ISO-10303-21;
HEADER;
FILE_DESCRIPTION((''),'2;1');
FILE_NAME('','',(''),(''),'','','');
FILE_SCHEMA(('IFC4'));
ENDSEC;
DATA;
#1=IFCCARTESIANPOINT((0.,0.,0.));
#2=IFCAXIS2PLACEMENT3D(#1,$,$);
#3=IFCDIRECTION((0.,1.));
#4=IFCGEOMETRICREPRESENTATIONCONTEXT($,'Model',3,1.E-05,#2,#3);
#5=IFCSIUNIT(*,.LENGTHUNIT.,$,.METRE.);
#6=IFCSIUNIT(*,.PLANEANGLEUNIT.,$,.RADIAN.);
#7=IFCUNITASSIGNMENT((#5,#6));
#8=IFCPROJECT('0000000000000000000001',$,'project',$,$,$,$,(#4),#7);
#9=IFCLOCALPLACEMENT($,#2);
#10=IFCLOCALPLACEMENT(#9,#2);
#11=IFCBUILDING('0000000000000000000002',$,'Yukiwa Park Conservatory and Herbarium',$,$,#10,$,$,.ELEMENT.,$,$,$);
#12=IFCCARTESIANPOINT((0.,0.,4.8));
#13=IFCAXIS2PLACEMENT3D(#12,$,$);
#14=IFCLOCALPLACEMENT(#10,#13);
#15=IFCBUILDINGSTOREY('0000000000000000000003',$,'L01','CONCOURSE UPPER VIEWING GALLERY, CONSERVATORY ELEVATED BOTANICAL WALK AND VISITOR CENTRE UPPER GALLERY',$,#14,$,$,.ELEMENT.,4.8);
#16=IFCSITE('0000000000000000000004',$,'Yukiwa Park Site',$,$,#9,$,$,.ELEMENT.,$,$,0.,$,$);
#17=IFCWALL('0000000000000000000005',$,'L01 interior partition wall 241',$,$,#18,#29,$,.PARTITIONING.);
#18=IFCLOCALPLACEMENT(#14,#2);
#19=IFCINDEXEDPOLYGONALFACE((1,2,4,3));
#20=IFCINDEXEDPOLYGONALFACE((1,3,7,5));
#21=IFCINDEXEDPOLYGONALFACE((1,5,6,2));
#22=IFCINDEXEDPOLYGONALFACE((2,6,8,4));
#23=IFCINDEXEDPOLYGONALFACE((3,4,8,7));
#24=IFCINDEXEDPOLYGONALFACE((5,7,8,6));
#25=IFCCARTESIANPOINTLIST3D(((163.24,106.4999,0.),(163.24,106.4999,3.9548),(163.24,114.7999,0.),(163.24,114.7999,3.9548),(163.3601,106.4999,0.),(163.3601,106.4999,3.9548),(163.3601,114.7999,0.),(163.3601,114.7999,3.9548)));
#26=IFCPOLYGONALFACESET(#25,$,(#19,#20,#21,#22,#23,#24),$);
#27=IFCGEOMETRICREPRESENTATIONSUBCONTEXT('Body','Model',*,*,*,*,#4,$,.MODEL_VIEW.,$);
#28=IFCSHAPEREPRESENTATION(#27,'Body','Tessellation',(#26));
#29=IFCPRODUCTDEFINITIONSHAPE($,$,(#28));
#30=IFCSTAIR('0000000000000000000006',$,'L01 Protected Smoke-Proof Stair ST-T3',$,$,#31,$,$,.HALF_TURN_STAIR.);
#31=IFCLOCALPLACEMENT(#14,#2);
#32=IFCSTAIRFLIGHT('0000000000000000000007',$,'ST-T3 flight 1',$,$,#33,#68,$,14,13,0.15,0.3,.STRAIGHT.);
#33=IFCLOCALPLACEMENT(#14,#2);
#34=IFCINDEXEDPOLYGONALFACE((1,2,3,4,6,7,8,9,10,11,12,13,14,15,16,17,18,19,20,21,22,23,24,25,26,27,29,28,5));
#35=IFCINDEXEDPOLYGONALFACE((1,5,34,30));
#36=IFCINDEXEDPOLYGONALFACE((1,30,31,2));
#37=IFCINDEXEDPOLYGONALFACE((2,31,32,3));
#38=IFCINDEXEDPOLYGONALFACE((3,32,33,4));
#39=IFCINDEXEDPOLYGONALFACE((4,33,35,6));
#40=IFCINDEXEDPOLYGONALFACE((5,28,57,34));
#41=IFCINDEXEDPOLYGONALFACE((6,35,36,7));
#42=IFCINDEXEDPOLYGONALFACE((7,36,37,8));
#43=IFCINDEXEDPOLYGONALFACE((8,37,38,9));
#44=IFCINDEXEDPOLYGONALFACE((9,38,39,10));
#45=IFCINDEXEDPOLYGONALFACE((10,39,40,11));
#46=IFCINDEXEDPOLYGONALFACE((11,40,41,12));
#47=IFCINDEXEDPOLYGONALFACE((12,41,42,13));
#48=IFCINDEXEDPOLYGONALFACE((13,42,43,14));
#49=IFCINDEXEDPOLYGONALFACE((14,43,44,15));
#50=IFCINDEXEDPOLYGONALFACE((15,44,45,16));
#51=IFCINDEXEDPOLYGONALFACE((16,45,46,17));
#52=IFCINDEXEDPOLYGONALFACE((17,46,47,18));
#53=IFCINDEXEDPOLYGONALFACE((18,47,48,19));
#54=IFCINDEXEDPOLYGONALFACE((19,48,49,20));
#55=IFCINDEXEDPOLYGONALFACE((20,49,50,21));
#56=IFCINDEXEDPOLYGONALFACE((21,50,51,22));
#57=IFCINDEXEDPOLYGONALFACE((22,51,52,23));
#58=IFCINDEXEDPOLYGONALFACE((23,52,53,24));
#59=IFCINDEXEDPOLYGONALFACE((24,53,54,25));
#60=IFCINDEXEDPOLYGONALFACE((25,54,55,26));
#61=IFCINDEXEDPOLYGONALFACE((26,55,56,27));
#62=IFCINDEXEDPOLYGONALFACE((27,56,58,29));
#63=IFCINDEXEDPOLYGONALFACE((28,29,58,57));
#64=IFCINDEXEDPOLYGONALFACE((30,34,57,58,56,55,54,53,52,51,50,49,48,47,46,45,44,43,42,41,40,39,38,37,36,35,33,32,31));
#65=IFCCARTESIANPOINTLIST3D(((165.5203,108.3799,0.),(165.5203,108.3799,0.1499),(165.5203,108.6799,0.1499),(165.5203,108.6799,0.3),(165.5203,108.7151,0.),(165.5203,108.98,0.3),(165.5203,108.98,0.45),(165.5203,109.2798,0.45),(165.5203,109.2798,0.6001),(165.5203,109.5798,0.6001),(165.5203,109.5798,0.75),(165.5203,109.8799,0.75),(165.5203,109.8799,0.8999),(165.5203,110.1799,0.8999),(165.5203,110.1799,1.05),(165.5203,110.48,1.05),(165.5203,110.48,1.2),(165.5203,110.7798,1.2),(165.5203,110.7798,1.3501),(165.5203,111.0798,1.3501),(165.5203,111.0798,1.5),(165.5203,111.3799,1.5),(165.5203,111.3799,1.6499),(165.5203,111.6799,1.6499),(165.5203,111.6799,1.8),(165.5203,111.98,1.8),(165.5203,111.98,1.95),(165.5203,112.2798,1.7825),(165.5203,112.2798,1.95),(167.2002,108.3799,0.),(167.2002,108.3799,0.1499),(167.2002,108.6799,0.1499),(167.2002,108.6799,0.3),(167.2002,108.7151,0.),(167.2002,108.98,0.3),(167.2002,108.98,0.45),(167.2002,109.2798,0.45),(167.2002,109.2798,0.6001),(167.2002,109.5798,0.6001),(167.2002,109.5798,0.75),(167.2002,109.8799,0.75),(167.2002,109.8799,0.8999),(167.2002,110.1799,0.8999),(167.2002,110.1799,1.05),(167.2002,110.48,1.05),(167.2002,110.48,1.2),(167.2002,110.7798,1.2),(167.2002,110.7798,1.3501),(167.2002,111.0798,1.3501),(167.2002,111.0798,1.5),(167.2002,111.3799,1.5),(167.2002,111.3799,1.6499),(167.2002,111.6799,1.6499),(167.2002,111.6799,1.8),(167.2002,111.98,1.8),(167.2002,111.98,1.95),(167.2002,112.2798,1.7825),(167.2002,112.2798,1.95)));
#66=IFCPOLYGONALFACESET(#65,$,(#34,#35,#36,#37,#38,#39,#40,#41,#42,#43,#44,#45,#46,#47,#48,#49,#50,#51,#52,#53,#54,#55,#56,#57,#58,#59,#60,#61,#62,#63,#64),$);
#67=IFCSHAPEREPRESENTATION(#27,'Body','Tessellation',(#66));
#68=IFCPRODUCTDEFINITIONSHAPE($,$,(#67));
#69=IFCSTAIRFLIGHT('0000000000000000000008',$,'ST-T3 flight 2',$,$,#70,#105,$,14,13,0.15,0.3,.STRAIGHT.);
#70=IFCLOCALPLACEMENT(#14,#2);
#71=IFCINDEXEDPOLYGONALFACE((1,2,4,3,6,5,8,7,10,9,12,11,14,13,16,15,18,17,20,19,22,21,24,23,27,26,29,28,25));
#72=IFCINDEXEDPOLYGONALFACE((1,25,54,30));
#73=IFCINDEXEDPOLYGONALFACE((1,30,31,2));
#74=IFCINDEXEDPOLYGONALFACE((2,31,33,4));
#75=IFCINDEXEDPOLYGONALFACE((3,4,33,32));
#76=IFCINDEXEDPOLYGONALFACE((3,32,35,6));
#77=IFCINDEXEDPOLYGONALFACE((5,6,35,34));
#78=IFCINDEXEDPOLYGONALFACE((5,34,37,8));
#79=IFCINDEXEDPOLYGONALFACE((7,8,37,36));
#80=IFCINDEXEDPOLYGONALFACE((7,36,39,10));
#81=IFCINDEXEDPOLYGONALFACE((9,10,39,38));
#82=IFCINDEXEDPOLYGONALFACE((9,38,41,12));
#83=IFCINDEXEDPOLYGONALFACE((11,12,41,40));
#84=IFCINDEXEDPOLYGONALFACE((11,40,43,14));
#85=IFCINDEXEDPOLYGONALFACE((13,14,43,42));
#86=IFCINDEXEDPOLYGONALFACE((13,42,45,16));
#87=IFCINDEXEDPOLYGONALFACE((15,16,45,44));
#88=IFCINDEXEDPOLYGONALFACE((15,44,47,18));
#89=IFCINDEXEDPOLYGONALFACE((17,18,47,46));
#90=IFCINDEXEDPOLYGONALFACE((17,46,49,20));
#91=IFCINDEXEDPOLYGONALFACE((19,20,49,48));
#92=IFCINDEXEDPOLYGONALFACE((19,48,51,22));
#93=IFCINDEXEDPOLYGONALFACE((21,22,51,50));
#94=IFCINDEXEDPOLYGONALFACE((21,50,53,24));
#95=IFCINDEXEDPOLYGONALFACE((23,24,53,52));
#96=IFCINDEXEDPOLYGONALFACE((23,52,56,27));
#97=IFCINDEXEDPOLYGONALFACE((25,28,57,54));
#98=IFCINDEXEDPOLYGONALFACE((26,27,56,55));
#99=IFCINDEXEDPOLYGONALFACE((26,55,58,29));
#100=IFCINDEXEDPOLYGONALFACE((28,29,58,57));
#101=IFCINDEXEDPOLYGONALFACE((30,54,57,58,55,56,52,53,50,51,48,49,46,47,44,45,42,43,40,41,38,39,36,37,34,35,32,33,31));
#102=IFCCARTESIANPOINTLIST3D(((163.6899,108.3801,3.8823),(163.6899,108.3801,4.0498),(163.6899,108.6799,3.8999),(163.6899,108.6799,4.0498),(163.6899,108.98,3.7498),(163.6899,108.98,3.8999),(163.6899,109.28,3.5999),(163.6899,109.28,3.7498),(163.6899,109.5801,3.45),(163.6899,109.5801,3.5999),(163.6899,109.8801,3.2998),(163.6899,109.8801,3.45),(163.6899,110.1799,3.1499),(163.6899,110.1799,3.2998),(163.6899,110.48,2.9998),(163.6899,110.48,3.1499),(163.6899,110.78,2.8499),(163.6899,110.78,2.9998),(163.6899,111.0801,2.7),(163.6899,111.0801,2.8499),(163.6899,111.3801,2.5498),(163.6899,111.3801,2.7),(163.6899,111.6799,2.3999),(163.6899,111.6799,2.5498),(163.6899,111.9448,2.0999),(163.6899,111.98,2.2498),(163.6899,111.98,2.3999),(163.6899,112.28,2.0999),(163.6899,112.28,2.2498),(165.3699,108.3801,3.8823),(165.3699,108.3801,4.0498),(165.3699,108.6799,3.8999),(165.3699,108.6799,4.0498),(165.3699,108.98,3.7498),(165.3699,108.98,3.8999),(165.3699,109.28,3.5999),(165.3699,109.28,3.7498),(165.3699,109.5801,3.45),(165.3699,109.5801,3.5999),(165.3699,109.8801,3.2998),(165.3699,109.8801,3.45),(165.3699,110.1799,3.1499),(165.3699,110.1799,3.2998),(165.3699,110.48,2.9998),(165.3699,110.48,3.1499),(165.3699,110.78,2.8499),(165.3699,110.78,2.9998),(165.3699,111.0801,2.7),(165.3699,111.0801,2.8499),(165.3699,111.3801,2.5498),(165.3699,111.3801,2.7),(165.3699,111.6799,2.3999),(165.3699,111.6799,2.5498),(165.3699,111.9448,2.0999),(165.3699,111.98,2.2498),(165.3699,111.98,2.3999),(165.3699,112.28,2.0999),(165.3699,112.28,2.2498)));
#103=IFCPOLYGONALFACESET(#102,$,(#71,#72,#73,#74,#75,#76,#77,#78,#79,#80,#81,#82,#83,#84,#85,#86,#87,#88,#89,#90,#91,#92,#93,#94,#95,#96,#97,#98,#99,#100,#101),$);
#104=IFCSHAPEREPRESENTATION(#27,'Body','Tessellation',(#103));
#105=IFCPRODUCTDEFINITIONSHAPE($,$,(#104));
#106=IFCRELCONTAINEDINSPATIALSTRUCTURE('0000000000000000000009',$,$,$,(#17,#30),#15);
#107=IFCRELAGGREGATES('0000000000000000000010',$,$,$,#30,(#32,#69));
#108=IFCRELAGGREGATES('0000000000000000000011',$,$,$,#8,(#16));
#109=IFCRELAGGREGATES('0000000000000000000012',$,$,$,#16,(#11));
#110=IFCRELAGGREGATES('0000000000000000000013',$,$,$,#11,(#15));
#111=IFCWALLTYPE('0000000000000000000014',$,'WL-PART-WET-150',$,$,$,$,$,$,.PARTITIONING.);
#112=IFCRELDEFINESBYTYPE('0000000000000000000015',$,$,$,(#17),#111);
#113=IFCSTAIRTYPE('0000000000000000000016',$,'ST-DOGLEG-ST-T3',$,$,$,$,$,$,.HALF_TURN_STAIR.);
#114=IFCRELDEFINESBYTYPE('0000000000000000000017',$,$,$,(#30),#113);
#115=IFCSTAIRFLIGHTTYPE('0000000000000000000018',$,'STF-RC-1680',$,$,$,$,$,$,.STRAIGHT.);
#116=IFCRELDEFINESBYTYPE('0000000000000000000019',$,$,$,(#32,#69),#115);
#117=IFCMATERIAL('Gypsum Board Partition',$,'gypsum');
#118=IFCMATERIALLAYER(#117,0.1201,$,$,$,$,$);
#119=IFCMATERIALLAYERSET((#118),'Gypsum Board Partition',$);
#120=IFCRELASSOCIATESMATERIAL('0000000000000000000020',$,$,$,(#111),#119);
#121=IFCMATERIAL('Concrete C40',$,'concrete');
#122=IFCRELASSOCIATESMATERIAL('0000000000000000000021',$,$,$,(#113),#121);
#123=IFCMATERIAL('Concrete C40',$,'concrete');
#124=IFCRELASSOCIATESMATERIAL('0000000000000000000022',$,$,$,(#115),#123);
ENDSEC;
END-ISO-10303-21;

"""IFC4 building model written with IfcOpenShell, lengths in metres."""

from ifc_helpers import new_model, si_unit, direction, frame, frame_2d, origin, place, context, subcontext, project, spatial, polyline, rectangle, outline, extrude, material, layer, layer_set, type_object, element, aggregate, save


model = new_model("IFC4")

# Units and contexts
model_context = context("Model", 3, precision=1e-05, world=origin(), true_north=direction((0.0, 1.0)))
body_context = subcontext(model_context, "Body", "Model", "MODEL_VIEW")
ifc_project = project(units=[si_unit("LENGTHUNIT", "METRE"), si_unit("PLANEANGLEUNIT", "RADIAN")], contexts=[model_context])

# Site, building, storey
site_placement = place(None, origin())
site = spatial("IfcSite", under=ifc_project, at=site_placement, Name="Yukiwa Park Site", CompositionType="ELEMENT", RefElevation=0.0)
building_placement = place(site_placement, origin())
building = spatial("IfcBuilding", under=site, at=building_placement, Name="Yukiwa Park Conservatory and Herbarium", CompositionType="ELEMENT")
storey_placement = place(building_placement, frame((0.0, 0.0, 4.8)))
storey = spatial("IfcBuildingStorey", under=building, at=storey_placement, Name="L01", Description="CONCOURSE UPPER VIEWING GALLERY, CONSERVATORY ELEVATED BOTANICAL WALK AND VISITOR CENTRE UPPER GALLERY", CompositionType="ELEMENT", Elevation=4.8)

# Shared definitions
ifc_material_1 = material(Name="Gypsum Board Partition", Category="gypsum")
ifc_layer_1 = layer(ifc_material_1, 0.1201)
ifc_layer_set_1 = layer_set([ifc_layer_1], Name="Gypsum Board Partition")
wall_type_1 = type_object("IfcWallType", Name="WL-PART-WET-150", PredefinedType="PARTITIONING", material=ifc_layer_set_1)

# Wall
wall_1_placement = place(storey_placement, frame((163.3, 106.5, 0.0), z_axis=(0.0, 0.0, 1.0), x_axis=(0.0, 1.0, 0.0)))
element("IfcWall", 1, at=wall_1_placement, inside=storey, type_object=wall_type_1, Name="L01 interior partition wall 241", PredefinedType="PARTITIONING", context=body_context, shape_type="SweptSolid", body=[
    extrude(rectangle(XDim=8.3, YDim=0.1201, at=frame_2d((4.1499, 0.0))), origin(), (0.0, 0.0, 1.0), 3.9548),
])

# Stair, stair flights
ifc_material_2 = material(Name="Concrete C40", Category="concrete")
stair_type = type_object("IfcStairType", Name="ST-DOGLEG-ST-T3", PredefinedType="HALF_TURN_STAIR", material=ifc_material_2)
stair_placement = place(storey_placement, origin())
stair = element("IfcStair", 2, at=stair_placement, inside=storey, type_object=stair_type, Name="L01 Protected Smoke-Proof Stair ST-T3", PredefinedType="HALF_TURN_STAIR")
ifc_material_3 = material(Name="Concrete C40", Category="concrete")
stair_flight_type = type_object("IfcStairFlightType", Name="STF-RC-1680", PredefinedType="STRAIGHT", material=ifc_material_3)
stair_flight_1_placement = place(storey_placement, frame((166.3601, 108.3799, 0.0), z_axis=(0.0, 0.0, 1.0), x_axis=(0.0, 1.0, 0.0)))
stair_flight_1 = element("IfcStairFlight", 3, at=stair_flight_1_placement, type_object=stair_flight_type, Name="ST-T3 flight 1", NumberOfRisers=14, NumberOfTreads=13, PredefinedType="STRAIGHT", RiserHeight=0.15, TreadLength=0.3, context=body_context, shape_type="SweptSolid", body=[
    extrude(outline(polyline([(0.0, 0.0), (0.0, 0.1499), (0.3, 0.1499), (0.3, 0.3), (0.6001, 0.3), (0.6001, 0.45), (0.8999, 0.45), (0.8999, 0.6001), (1.2, 0.6001), (1.2, 0.75), (1.5, 0.75), (1.5, 0.8999), (1.8, 0.8999), (1.8, 1.05), (2.1001, 1.05), (2.1001, 1.2), (2.3999, 1.2), (2.3999, 1.3501), (2.7, 1.3501), (2.7, 1.5), (3.0, 1.5), (3.0, 1.6499), (3.3, 1.6499), (3.3, 1.8), (3.6001, 1.8), (3.6001, 1.95), (3.8999, 1.95), (3.8999, 2.1001), (3.8999, 1.7825), (0.3352, 0.0), (0.0, 0.0)])), frame((0.0, 0.8398, 0.0), z_axis=(0.0, -1.0, 0.0), x_axis=(1.0, 0.0, 0.0)), (0.0, 0.0, 1.0), 1.6799),
])
stair_flight_2_placement = place(storey_placement, frame((164.53, 112.28, 2.0999), z_axis=(0.0, 0.0, 1.0), x_axis=(0.0, -1.0, 0.0)))
stair_flight_2 = element("IfcStairFlight", 4, at=stair_flight_2_placement, type_object=stair_flight_type, Name="ST-T3 flight 2", NumberOfRisers=14, NumberOfTreads=13, PredefinedType="STRAIGHT", RiserHeight=0.15, TreadLength=0.3, context=body_context, shape_type="SweptSolid", body=[
    extrude(outline(polyline([(0.0, 0.0), (0.0, 0.1499), (0.3, 0.1499), (0.3, 0.3), (0.6001, 0.3), (0.6001, 0.45), (0.8999, 0.45), (0.8999, 0.6001), (1.2, 0.6001), (1.2, 0.75), (1.5, 0.75), (1.5, 0.8999), (1.8, 0.8999), (1.8, 1.05), (2.1001, 1.05), (2.1001, 1.2), (2.3999, 1.2), (2.3999, 1.3501), (2.7, 1.3501), (2.7, 1.5), (3.0, 1.5), (3.0, 1.6499), (3.3, 1.6499), (3.3, 1.8), (3.6001, 1.8), (3.6001, 1.95), (3.8999, 1.95), (3.8999, 2.1001), (3.8999, 1.7825), (0.3352, 0.0), (0.0, 0.0)])), frame((0.0, 0.8398, 0.0), z_axis=(0.0, -1.0, 0.0), x_axis=(1.0, 0.0, 0.0)), (0.0, 0.0, 1.0), 1.6799),
])
aggregate(stair, [stair_flight_1, stair_flight_2])

save(model, "model.ifc")
